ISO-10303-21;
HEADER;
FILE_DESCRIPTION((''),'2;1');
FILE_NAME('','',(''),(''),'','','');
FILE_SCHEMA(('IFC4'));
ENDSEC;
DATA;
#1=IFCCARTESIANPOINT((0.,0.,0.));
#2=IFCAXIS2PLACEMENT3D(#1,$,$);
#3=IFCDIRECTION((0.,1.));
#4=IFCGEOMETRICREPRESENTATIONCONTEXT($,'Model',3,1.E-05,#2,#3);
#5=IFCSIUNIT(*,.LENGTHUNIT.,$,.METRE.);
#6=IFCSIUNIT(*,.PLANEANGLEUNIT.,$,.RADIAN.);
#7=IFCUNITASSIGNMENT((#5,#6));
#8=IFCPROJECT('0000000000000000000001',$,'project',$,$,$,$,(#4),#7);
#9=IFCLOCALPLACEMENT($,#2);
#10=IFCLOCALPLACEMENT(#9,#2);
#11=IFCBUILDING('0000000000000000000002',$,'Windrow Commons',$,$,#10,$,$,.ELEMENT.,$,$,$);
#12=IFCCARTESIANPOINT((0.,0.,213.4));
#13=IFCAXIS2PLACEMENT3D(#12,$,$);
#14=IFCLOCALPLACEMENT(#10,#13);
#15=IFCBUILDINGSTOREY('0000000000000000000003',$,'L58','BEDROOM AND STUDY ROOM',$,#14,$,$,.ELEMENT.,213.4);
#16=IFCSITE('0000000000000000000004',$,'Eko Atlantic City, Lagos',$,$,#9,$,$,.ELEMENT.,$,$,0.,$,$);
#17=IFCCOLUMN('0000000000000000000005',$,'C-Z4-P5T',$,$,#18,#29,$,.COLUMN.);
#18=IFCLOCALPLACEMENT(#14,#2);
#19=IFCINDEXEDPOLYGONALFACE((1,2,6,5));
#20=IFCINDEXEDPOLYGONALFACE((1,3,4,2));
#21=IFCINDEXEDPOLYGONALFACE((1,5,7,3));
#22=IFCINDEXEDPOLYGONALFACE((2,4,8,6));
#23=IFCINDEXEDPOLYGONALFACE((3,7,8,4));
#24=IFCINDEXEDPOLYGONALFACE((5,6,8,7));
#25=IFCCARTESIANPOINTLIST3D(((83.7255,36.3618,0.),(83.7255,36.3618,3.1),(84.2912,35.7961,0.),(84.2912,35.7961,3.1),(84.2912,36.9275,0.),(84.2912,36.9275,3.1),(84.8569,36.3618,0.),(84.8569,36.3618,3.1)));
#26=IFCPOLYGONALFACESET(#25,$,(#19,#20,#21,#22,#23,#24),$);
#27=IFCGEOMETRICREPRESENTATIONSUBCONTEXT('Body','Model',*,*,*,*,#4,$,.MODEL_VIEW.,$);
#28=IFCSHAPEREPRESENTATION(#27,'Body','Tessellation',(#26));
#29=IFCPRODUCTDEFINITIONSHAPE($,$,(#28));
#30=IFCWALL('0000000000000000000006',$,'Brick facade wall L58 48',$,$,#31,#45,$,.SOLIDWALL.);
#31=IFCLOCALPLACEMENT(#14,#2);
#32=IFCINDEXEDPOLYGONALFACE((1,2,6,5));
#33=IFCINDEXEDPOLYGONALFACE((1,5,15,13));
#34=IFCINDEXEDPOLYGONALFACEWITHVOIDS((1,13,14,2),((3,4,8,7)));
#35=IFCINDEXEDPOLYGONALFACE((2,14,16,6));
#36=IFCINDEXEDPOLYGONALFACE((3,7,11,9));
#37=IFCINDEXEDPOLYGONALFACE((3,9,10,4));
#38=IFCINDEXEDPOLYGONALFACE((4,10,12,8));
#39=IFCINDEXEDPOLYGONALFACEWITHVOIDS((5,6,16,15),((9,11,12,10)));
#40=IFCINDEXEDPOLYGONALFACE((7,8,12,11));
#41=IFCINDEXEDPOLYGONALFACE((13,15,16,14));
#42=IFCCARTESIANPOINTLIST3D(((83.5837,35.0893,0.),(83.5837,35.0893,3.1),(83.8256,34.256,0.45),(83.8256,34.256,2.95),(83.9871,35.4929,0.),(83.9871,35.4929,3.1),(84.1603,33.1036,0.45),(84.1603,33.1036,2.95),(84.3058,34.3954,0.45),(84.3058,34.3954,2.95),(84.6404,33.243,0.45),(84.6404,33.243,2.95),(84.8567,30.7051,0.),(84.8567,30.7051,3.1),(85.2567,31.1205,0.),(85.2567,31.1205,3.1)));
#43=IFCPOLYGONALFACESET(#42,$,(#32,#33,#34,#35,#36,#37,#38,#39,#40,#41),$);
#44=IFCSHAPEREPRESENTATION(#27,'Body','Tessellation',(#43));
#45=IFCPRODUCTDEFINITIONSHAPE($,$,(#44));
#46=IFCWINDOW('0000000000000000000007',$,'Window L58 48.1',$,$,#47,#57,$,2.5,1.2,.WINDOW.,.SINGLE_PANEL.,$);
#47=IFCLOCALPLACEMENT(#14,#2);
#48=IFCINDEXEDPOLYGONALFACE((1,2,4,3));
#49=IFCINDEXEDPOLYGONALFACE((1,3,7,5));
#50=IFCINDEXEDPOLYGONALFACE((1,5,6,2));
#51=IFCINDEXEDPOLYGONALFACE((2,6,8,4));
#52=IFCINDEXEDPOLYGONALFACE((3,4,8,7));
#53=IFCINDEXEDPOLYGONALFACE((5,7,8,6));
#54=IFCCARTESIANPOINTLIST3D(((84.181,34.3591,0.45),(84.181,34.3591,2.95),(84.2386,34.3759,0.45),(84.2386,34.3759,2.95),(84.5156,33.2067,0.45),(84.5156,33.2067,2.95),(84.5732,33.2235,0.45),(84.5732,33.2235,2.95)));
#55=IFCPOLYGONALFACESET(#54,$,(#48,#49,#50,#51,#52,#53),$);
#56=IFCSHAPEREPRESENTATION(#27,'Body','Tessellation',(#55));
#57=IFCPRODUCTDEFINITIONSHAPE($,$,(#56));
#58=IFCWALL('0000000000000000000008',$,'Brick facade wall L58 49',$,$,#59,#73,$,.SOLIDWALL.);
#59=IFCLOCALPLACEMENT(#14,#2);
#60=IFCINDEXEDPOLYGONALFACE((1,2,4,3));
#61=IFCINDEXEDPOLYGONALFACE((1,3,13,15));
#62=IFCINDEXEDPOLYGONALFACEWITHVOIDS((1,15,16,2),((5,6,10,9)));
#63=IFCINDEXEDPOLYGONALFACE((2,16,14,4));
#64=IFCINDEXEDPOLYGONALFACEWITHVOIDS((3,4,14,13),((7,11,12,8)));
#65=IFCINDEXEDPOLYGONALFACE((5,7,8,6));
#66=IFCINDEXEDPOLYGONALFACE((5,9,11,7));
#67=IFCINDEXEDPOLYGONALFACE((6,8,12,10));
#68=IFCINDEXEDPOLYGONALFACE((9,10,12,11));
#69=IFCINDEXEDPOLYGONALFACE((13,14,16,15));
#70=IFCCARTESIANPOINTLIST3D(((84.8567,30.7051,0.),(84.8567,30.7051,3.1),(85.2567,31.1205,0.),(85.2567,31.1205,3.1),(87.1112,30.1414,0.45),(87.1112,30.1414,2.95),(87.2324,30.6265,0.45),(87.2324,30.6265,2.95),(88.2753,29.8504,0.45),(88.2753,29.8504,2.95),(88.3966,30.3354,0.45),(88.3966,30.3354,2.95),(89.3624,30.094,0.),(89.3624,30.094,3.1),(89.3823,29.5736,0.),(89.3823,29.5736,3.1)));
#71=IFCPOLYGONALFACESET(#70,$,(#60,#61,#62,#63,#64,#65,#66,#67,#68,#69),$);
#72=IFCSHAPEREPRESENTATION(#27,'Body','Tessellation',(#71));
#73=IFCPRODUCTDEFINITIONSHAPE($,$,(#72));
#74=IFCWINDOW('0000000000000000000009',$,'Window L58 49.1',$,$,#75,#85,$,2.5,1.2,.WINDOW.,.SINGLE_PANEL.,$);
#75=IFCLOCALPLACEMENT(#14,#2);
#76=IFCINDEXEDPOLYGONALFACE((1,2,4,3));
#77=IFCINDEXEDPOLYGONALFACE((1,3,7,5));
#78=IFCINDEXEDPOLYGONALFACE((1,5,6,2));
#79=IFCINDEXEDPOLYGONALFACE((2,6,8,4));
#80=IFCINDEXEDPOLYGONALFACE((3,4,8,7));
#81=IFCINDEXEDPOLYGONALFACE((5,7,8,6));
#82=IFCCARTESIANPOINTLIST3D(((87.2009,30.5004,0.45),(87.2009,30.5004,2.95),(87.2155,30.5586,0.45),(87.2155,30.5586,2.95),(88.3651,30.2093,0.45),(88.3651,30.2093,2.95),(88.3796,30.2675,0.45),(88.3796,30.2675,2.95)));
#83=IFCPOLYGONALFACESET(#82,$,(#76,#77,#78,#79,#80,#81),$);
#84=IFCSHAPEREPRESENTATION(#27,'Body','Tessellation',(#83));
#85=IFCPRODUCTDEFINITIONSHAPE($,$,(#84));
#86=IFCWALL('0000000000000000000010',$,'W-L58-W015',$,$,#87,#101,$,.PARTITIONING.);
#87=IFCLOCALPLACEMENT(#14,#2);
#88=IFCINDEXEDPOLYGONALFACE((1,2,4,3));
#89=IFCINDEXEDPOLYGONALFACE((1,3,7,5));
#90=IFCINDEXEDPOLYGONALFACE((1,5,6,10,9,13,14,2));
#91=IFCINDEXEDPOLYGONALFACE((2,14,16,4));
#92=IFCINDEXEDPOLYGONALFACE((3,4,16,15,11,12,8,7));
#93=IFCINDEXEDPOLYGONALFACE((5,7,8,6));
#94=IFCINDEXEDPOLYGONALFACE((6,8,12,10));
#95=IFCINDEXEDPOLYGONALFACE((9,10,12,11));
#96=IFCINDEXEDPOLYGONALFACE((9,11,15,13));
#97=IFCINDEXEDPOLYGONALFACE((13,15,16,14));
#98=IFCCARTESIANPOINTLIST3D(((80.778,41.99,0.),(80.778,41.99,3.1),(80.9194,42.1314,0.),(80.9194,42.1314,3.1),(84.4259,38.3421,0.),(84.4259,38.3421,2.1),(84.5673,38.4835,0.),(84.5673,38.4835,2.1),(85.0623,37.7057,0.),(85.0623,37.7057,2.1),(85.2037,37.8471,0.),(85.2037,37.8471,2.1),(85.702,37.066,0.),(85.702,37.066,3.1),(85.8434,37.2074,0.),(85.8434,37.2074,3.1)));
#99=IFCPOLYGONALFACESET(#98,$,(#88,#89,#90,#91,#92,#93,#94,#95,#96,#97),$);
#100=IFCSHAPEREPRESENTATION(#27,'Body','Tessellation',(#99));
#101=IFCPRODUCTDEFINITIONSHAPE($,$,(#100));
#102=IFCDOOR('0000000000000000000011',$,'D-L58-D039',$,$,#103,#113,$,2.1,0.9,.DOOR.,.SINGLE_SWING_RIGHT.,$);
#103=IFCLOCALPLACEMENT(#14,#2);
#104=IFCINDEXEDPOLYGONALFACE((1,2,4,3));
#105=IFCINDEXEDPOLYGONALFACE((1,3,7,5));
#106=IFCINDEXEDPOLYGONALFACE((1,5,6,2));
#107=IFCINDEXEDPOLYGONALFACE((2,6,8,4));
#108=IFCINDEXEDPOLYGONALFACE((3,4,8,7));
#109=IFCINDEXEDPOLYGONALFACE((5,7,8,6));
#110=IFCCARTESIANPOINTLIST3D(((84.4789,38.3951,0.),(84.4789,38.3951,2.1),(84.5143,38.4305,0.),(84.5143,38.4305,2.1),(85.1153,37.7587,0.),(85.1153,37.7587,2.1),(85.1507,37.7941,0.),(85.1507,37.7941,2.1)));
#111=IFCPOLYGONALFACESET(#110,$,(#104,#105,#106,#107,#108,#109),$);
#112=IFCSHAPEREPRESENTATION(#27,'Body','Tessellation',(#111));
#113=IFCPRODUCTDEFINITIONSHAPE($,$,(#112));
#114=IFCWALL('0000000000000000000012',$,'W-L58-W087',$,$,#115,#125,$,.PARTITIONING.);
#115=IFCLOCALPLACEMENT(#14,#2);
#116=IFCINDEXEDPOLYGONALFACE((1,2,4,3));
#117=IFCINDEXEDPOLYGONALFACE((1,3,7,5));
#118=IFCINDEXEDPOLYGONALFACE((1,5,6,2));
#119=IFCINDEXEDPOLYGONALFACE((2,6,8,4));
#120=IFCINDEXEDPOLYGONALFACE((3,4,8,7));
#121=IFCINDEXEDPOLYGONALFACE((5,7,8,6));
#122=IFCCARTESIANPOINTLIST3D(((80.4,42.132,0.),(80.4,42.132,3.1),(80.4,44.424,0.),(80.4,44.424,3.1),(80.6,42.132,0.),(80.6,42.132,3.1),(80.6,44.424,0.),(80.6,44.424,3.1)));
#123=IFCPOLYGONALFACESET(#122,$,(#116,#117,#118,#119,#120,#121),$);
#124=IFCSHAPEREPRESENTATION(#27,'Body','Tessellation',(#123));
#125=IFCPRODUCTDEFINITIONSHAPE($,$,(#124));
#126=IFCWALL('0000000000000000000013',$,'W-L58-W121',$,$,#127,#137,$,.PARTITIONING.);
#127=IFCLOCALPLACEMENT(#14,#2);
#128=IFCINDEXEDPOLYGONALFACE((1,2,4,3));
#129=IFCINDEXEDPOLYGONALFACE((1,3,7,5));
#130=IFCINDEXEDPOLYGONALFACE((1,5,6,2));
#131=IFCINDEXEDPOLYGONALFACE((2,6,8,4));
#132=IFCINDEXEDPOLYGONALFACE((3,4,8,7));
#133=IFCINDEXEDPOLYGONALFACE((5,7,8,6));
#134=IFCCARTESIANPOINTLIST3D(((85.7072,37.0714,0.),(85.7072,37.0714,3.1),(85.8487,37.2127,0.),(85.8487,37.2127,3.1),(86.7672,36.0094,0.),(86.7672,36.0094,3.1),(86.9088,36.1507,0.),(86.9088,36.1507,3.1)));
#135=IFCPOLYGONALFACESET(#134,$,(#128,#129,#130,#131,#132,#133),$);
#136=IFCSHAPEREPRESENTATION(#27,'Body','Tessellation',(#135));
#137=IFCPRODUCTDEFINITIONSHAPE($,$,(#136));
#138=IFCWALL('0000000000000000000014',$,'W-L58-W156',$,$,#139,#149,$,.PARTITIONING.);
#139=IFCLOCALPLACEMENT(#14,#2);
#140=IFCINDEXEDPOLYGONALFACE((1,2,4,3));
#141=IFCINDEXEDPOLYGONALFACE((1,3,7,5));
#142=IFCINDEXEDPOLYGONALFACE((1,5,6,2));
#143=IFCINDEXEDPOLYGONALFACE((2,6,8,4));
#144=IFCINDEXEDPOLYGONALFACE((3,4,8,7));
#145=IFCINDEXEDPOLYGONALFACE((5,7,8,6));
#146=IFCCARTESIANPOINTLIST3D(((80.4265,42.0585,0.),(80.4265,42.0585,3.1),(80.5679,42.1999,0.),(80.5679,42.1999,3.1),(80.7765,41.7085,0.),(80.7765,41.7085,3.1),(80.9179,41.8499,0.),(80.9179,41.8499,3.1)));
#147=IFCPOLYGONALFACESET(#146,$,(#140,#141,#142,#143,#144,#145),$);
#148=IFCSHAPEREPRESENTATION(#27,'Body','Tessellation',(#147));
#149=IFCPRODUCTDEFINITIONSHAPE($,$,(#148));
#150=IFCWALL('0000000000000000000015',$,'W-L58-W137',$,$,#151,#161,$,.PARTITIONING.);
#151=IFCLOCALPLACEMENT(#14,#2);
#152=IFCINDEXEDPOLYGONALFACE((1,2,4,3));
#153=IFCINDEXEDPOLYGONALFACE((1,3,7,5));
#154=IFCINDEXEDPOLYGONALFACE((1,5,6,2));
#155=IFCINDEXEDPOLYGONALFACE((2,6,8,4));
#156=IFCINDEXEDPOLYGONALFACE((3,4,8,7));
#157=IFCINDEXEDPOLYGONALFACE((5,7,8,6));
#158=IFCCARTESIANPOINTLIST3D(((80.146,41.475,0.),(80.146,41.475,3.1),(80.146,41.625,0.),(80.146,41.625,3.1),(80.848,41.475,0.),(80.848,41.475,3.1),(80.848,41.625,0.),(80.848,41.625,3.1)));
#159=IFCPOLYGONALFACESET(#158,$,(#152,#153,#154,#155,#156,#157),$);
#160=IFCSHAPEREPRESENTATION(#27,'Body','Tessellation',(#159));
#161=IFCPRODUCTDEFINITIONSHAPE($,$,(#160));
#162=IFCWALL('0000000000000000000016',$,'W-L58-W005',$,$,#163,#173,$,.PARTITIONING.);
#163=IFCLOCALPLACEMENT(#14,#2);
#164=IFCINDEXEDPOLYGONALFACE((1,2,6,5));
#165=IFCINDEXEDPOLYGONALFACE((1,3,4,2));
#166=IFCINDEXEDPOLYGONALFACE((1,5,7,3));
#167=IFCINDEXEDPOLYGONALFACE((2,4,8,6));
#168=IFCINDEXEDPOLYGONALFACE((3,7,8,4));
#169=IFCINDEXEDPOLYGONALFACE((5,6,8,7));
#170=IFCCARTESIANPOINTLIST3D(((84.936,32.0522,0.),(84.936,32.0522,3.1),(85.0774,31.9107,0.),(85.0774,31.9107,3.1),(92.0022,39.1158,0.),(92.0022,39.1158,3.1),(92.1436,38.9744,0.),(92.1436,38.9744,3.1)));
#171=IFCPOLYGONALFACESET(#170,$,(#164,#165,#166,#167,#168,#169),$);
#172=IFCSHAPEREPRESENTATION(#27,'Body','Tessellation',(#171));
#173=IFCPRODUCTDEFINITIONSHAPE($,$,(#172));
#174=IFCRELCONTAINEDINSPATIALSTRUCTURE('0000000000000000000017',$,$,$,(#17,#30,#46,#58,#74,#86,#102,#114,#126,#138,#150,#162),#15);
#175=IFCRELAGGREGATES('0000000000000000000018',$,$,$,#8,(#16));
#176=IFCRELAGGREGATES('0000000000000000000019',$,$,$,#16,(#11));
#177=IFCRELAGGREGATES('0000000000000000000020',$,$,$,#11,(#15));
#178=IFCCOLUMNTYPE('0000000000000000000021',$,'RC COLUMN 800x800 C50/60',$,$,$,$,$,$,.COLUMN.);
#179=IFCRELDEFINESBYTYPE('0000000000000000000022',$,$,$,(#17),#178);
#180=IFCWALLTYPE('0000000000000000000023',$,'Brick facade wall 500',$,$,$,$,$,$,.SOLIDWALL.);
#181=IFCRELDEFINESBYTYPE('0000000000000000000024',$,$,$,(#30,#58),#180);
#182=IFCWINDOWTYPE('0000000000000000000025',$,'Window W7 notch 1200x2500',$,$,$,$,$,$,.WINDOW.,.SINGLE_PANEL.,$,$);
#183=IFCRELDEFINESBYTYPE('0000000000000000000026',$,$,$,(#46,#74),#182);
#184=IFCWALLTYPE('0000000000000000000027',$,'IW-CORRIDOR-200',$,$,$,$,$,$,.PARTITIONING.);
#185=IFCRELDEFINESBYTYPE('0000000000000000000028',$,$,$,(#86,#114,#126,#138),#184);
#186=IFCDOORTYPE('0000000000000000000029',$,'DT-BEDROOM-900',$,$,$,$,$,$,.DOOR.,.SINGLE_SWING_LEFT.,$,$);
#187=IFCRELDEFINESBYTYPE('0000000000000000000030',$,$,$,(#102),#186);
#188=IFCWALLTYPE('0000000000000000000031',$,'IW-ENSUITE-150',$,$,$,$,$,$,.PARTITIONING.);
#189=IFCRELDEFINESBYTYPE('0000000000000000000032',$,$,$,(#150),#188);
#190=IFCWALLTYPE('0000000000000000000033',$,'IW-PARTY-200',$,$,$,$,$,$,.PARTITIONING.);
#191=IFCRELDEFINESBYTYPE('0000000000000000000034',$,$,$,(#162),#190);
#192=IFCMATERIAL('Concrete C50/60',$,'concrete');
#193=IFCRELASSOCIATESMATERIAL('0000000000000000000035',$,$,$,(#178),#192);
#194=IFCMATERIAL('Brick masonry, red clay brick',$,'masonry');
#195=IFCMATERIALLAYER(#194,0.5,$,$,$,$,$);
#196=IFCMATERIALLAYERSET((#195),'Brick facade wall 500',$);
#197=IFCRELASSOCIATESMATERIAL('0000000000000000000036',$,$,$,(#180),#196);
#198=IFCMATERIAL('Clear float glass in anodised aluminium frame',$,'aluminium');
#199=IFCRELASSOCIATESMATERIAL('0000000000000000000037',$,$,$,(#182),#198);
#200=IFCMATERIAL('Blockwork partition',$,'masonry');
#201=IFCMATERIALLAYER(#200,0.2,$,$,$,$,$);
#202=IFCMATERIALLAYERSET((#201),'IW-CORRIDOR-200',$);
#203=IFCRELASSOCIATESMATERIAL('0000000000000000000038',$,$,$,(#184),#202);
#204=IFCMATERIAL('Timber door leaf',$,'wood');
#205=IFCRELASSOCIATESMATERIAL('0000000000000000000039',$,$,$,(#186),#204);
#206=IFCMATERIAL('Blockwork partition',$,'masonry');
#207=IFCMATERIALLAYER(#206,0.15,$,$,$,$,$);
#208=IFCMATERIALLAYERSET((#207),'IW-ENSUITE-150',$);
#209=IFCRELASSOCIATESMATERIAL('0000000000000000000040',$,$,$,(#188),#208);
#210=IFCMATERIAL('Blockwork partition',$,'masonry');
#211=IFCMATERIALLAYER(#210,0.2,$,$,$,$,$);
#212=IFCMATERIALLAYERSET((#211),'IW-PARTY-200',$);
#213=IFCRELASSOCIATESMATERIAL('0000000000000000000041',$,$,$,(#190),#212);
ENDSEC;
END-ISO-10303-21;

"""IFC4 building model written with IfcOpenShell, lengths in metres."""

from ifc_helpers import new_model, si_unit, direction, frame, frame_2d, origin, origin_2d, place, context, subcontext, project, spatial, polyline, rectangle, outline, extrude, material, layer, layer_set, material_profile, profile_set, type_object, element, fill, save


model = new_model("IFC4")

# Units and contexts
model_context = context("Model", 3, precision=1e-05, world=origin(), true_north=direction((0.0, 1.0)))
body_context = subcontext(model_context, "Body", "Model", "MODEL_VIEW")
ifc_project = project(units=[si_unit("LENGTHUNIT", "METRE"), si_unit("PLANEANGLEUNIT", "RADIAN")], contexts=[model_context])

# Site, building, storey
site_placement = place(None, origin())
site = spatial("IfcSite", under=ifc_project, at=site_placement, Name="Eko Atlantic City, Lagos", CompositionType="ELEMENT", RefElevation=0.0)
building_placement = place(site_placement, origin())
building = spatial("IfcBuilding", under=site, at=building_placement, Name="Windrow Commons", CompositionType="ELEMENT")
storey_placement = place(building_placement, frame((0.0, 0.0, 213.4)))
storey = spatial("IfcBuildingStorey", under=building, at=storey_placement, Name="L58", Description="BEDROOM AND STUDY ROOM", CompositionType="ELEMENT", Elevation=213.4)

# Column
ifc_material_1 = material(Name="Concrete C50/60", Category="concrete")
ifc_material_profile = material_profile(ifc_material_1, rectangle(XDim=0.8, YDim=0.8, at=origin_2d()))
ifc_profile_set = profile_set([ifc_material_profile], Name="Concrete C50/60")
column_type = type_object("IfcColumnType", Name="RC COLUMN 800x800 C50/60", PredefinedType="COLUMN", material=ifc_profile_set)
column_placement = place(storey_placement, frame((84.2912, 36.3618, 0.0), z_axis=(0.0, 0.0, 1.0), x_axis=(0.707107, -0.707107, 0.0)))
element("IfcColumn", 1, at=column_placement, inside=storey, type_object=column_type, Name="C-Z4-P5T", PredefinedType="COLUMN", context=body_context, shape_type="SweptSolid", body=[
    extrude(rectangle(XDim=0.8, YDim=0.8, at=origin_2d()), origin(), (0.0, 0.0, 1.0), 3.1),
])

# Walls, openings, windows
ifc_material_2 = material(Name="Brick masonry, red clay brick", Category="masonry")
ifc_layer_1 = layer(ifc_material_2, 0.5)
ifc_layer_set_1 = layer_set([ifc_layer_1], Name="Brick facade wall 500")
wall_type_1 = type_object("IfcWallType", Name="Brick facade wall 500", PredefinedType="SOLIDWALL", material=ifc_layer_set_1)
wall_1_placement = place(storey_placement, frame((83.7854, 35.2911, 0.0), z_axis=(0.0, 0.0, 1.0), x_axis=(0.278847, -0.960336, 0.0)))
wall_1 = element("IfcWall", 2, at=wall_1_placement, inside=storey, type_object=wall_type_1, Name="Brick facade wall L58 48", PredefinedType="SOLIDWALL", context=body_context, shape_type="SweptSolid", body=[
    extrude(outline(polyline([(0.1375, -0.25), (4.7028, -0.25), (4.4154, 0.25), (-0.1375, 0.25), (0.1375, -0.25)])), origin(), (0.0, 0.0, 1.0), 3.1),
])
opening_1_placement = place(wall_1_placement, frame((1.0053, 0.0, 0.45)))
opening_1 = element("IfcOpeningElement", 3, at=opening_1_placement, cuts=wall_1, PredefinedType="OPENING", context=body_context, shape_type="SweptSolid", body=[
    extrude(rectangle(XDim=1.2, YDim=2.5, at=frame_2d((0.6, 1.25))), frame((0.0, 0.26, 0.0), z_axis=(0.0, -1.0, 0.0), x_axis=(1.0, 0.0, 0.0)), (0.0, 0.0, 1.0), 0.52),
])
ifc_material_3 = material(Name="Clear float glass in anodised aluminium frame", Category="aluminium")
window_type = type_object("IfcWindowType", Name="Window W7 notch 1200x2500", PartitioningType="SINGLE_PANEL", PredefinedType="WINDOW", material=ifc_material_3)
window_1_placement = place(opening_1_placement, origin())
window_1 = element("IfcWindow", 4, at=window_1_placement, inside=storey, type_object=window_type, Name="Window L58 48.1", OverallHeight=2.5, OverallWidth=1.2, PartitioningType="SINGLE_PANEL", PredefinedType="WINDOW", context=body_context, shape_type="SweptSolid", body=[
    extrude(rectangle(XDim=1.2, YDim=2.5, at=frame_2d((0.6, 1.25))), frame((0.0, 0.18, 0.0), z_axis=(0.0, -1.0, 0.0), x_axis=(1.0, 0.0, 0.0)), (0.0, 0.0, 1.0), 0.06),
])
fill(opening_1, window_1)
wall_2_placement = place(storey_placement, frame((85.0567, 30.9128, 0.0), z_axis=(0.0, 0.0, 1.0), x_axis=(0.970137, -0.242557, 0.0)))
wall_2 = element("IfcWall", 5, at=wall_2_placement, inside=storey, type_object=wall_type_1, Name="Brick facade wall L58 49", PredefinedType="SOLIDWALL", context=body_context, shape_type="SweptSolid", body=[
    extrude(outline(polyline([(-0.1437, -0.25), (4.5213, -0.25), (4.3757, 0.25), (0.1437, 0.25), (-0.1437, -0.25)])), origin(), (0.0, 0.0, 1.0), 3.1),
])
opening_2_placement = place(wall_2_placement, frame((2.1802, 0.0, 0.45)))
opening_2 = element("IfcOpeningElement", 6, at=opening_2_placement, cuts=wall_2, PredefinedType="OPENING", context=body_context, shape_type="SweptSolid", body=[
    extrude(rectangle(XDim=1.2, YDim=2.5, at=frame_2d((0.6, 1.25))), frame((0.0, 0.26, 0.0), z_axis=(0.0, -1.0, 0.0), x_axis=(1.0, 0.0, 0.0)), (0.0, 0.0, 1.0), 0.52),
])
window_2_placement = place(opening_2_placement, origin())
window_2 = element("IfcWindow", 7, at=window_2_placement, inside=storey, type_object=window_type, Name="Window L58 49.1", OverallHeight=2.5, OverallWidth=1.2, PartitioningType="SINGLE_PANEL", PredefinedType="WINDOW", context=body_context, shape_type="SweptSolid", body=[
    extrude(rectangle(XDim=1.2, YDim=2.5, at=frame_2d((0.6, 1.25))), frame((0.0, 0.18, 0.0), z_axis=(0.0, -1.0, 0.0), x_axis=(1.0, 0.0, 0.0)), (0.0, 0.0, 1.0), 0.06),
])
fill(opening_2, window_2)

# Wall, opening, door
ifc_material_4 = material(Name="Blockwork partition", Category="masonry")
ifc_layer_2 = layer(ifc_material_4, 0.2)
ifc_layer_set_2 = layer_set([ifc_layer_2], Name="IW-CORRIDOR-200")
wall_type_2 = type_object("IfcWallType", Name="IW-CORRIDOR-200", PredefinedType="PARTITIONING", material=ifc_layer_set_2)
wall_3_placement = place(storey_placement, frame((80.8487, 42.0607, 0.0), z_axis=(0.0, 0.0, 1.0), x_axis=(0.707107, -0.707107, 0.0)))
wall_3 = element("IfcWall", 8, at=wall_3_placement, inside=storey, type_object=wall_type_2, Name="W-L58-W015", PredefinedType="PARTITIONING", context=body_context, shape_type="SweptSolid", body=[
    extrude(rectangle(XDim=6.9636, YDim=0.2, at=frame_2d((3.4818, 0.0))), origin(), (0.0, 0.0, 1.0), 3.1),
])
opening_3_placement = place(wall_3_placement, frame((5.1589, 0.0, 0.0)))
opening_3 = element("IfcOpeningElement", 9, at=opening_3_placement, cuts=wall_3, PredefinedType="OPENING", context=body_context, shape_type="SweptSolid", body=[
    extrude(rectangle(XDim=0.9, YDim=2.1, at=frame_2d((0.45, 1.05))), frame((0.0, 0.11, 0.0), z_axis=(0.0, -1.0, 0.0), x_axis=(1.0, 0.0, 0.0)), (0.0, 0.0, 1.0), 0.22),
])
ifc_material_5 = material(Name="Timber door leaf", Category="wood")
door_type = type_object("IfcDoorType", Name="DT-BEDROOM-900", OperationType="SINGLE_SWING_LEFT", PredefinedType="DOOR", material=ifc_material_5)
door_placement = place(opening_3_placement, origin())
door = element("IfcDoor", 10, at=door_placement, inside=storey, type_object=door_type, Name="D-L58-D039", OperationType="SINGLE_SWING_RIGHT", OverallHeight=2.1, OverallWidth=0.9, PredefinedType="DOOR", context=body_context, shape_type="SweptSolid", body=[
    extrude(rectangle(XDim=0.9, YDim=2.1, at=frame_2d((0.45, 1.05))), frame((0.0, 0.025, 0.0), z_axis=(0.0, -1.0, 0.0), x_axis=(1.0, 0.0, 0.0)), (0.0, 0.0, 1.0), 0.05),
])
fill(opening_3, door)

# Walls
wall_4_placement = place(storey_placement, frame((80.5, 42.132, 0.0), z_axis=(0.0, 0.0, 1.0), x_axis=(0.0, 1.0, 0.0)))
element("IfcWall", 11, at=wall_4_placement, inside=storey, type_object=wall_type_2, Name="W-L58-W087", PredefinedType="PARTITIONING", context=body_context, shape_type="SweptSolid", body=[
    extrude(rectangle(XDim=2.292, YDim=0.2, at=frame_2d((1.146, 0.0))), origin(), (0.0, 0.0, 1.0), 3.1),
])
wall_5_placement = place(storey_placement, frame((85.778, 37.142, 0.0), z_axis=(0.0, 0.0, 1.0), x_axis=(0.70644, -0.707773, 0.0)))
element("IfcWall", 12, at=wall_5_placement, inside=storey, type_object=wall_type_2, Name="W-L58-W121", PredefinedType="PARTITIONING", context=body_context, shape_type="SweptSolid", body=[
    extrude(rectangle(XDim=1.5005, YDim=0.2, at=frame_2d((0.7502, 0.0))), origin(), (0.0, 0.0, 1.0), 3.1),
])
wall_6_placement = place(storey_placement, frame((80.4972, 42.1292, 0.0), z_axis=(0.0, 0.0, 1.0), x_axis=(0.707107, -0.707107, 0.0)))
element("IfcWall", 13, at=wall_6_placement, inside=storey, type_object=wall_type_2, Name="W-L58-W156", PredefinedType="PARTITIONING", context=body_context, shape_type="SweptSolid", body=[
    extrude(rectangle(XDim=0.495, YDim=0.2, at=frame_2d((0.2475, 0.0))), origin(), (0.0, 0.0, 1.0), 3.1),
])
ifc_material_6 = material(Name="Blockwork partition", Category="masonry")
ifc_layer_3 = layer(ifc_material_6, 0.15)
ifc_layer_set_3 = layer_set([ifc_layer_3], Name="IW-ENSUITE-150")
wall_type_3 = type_object("IfcWallType", Name="IW-ENSUITE-150", PredefinedType="PARTITIONING", material=ifc_layer_set_3)
wall_7_placement = place(storey_placement, frame((80.146, 41.55, 0.0), z_axis=(0.0, 0.0, 1.0), x_axis=(1.0, 0.0, 0.0)))
element("IfcWall", 14, at=wall_7_placement, inside=storey, type_object=wall_type_3, Name="W-L58-W137", PredefinedType="PARTITIONING", context=body_context, shape_type="SweptSolid", body=[
    extrude(rectangle(XDim=0.702, YDim=0.15, at=frame_2d((0.351, 0.0))), origin(), (0.0, 0.0, 1.0), 3.1),
])
ifc_material_7 = material(Name="Blockwork partition", Category="masonry")
ifc_layer_4 = layer(ifc_material_7, 0.2)
ifc_layer_set_4 = layer_set([ifc_layer_4], Name="IW-PARTY-200")
wall_type_4 = type_object("IfcWallType", Name="IW-PARTY-200", PredefinedType="PARTITIONING", material=ifc_layer_set_4)
wall_8_placement = place(storey_placement, frame((85.0067, 31.9814, 0.0), z_axis=(0.0, 0.0, 1.0), x_axis=(0.707232, 0.706982, 0.0)))
element("IfcWall", 15, at=wall_8_placement, inside=storey, type_object=wall_type_4, Name="W-L58-W005", PredefinedType="PARTITIONING", context=body_context, shape_type="SweptSolid", body=[
    extrude(rectangle(XDim=9.9913, YDim=0.2, at=frame_2d((4.9957, 0.0))), origin(), (0.0, 0.0, 1.0), 3.1),
])

save(model, "model.ifc")
